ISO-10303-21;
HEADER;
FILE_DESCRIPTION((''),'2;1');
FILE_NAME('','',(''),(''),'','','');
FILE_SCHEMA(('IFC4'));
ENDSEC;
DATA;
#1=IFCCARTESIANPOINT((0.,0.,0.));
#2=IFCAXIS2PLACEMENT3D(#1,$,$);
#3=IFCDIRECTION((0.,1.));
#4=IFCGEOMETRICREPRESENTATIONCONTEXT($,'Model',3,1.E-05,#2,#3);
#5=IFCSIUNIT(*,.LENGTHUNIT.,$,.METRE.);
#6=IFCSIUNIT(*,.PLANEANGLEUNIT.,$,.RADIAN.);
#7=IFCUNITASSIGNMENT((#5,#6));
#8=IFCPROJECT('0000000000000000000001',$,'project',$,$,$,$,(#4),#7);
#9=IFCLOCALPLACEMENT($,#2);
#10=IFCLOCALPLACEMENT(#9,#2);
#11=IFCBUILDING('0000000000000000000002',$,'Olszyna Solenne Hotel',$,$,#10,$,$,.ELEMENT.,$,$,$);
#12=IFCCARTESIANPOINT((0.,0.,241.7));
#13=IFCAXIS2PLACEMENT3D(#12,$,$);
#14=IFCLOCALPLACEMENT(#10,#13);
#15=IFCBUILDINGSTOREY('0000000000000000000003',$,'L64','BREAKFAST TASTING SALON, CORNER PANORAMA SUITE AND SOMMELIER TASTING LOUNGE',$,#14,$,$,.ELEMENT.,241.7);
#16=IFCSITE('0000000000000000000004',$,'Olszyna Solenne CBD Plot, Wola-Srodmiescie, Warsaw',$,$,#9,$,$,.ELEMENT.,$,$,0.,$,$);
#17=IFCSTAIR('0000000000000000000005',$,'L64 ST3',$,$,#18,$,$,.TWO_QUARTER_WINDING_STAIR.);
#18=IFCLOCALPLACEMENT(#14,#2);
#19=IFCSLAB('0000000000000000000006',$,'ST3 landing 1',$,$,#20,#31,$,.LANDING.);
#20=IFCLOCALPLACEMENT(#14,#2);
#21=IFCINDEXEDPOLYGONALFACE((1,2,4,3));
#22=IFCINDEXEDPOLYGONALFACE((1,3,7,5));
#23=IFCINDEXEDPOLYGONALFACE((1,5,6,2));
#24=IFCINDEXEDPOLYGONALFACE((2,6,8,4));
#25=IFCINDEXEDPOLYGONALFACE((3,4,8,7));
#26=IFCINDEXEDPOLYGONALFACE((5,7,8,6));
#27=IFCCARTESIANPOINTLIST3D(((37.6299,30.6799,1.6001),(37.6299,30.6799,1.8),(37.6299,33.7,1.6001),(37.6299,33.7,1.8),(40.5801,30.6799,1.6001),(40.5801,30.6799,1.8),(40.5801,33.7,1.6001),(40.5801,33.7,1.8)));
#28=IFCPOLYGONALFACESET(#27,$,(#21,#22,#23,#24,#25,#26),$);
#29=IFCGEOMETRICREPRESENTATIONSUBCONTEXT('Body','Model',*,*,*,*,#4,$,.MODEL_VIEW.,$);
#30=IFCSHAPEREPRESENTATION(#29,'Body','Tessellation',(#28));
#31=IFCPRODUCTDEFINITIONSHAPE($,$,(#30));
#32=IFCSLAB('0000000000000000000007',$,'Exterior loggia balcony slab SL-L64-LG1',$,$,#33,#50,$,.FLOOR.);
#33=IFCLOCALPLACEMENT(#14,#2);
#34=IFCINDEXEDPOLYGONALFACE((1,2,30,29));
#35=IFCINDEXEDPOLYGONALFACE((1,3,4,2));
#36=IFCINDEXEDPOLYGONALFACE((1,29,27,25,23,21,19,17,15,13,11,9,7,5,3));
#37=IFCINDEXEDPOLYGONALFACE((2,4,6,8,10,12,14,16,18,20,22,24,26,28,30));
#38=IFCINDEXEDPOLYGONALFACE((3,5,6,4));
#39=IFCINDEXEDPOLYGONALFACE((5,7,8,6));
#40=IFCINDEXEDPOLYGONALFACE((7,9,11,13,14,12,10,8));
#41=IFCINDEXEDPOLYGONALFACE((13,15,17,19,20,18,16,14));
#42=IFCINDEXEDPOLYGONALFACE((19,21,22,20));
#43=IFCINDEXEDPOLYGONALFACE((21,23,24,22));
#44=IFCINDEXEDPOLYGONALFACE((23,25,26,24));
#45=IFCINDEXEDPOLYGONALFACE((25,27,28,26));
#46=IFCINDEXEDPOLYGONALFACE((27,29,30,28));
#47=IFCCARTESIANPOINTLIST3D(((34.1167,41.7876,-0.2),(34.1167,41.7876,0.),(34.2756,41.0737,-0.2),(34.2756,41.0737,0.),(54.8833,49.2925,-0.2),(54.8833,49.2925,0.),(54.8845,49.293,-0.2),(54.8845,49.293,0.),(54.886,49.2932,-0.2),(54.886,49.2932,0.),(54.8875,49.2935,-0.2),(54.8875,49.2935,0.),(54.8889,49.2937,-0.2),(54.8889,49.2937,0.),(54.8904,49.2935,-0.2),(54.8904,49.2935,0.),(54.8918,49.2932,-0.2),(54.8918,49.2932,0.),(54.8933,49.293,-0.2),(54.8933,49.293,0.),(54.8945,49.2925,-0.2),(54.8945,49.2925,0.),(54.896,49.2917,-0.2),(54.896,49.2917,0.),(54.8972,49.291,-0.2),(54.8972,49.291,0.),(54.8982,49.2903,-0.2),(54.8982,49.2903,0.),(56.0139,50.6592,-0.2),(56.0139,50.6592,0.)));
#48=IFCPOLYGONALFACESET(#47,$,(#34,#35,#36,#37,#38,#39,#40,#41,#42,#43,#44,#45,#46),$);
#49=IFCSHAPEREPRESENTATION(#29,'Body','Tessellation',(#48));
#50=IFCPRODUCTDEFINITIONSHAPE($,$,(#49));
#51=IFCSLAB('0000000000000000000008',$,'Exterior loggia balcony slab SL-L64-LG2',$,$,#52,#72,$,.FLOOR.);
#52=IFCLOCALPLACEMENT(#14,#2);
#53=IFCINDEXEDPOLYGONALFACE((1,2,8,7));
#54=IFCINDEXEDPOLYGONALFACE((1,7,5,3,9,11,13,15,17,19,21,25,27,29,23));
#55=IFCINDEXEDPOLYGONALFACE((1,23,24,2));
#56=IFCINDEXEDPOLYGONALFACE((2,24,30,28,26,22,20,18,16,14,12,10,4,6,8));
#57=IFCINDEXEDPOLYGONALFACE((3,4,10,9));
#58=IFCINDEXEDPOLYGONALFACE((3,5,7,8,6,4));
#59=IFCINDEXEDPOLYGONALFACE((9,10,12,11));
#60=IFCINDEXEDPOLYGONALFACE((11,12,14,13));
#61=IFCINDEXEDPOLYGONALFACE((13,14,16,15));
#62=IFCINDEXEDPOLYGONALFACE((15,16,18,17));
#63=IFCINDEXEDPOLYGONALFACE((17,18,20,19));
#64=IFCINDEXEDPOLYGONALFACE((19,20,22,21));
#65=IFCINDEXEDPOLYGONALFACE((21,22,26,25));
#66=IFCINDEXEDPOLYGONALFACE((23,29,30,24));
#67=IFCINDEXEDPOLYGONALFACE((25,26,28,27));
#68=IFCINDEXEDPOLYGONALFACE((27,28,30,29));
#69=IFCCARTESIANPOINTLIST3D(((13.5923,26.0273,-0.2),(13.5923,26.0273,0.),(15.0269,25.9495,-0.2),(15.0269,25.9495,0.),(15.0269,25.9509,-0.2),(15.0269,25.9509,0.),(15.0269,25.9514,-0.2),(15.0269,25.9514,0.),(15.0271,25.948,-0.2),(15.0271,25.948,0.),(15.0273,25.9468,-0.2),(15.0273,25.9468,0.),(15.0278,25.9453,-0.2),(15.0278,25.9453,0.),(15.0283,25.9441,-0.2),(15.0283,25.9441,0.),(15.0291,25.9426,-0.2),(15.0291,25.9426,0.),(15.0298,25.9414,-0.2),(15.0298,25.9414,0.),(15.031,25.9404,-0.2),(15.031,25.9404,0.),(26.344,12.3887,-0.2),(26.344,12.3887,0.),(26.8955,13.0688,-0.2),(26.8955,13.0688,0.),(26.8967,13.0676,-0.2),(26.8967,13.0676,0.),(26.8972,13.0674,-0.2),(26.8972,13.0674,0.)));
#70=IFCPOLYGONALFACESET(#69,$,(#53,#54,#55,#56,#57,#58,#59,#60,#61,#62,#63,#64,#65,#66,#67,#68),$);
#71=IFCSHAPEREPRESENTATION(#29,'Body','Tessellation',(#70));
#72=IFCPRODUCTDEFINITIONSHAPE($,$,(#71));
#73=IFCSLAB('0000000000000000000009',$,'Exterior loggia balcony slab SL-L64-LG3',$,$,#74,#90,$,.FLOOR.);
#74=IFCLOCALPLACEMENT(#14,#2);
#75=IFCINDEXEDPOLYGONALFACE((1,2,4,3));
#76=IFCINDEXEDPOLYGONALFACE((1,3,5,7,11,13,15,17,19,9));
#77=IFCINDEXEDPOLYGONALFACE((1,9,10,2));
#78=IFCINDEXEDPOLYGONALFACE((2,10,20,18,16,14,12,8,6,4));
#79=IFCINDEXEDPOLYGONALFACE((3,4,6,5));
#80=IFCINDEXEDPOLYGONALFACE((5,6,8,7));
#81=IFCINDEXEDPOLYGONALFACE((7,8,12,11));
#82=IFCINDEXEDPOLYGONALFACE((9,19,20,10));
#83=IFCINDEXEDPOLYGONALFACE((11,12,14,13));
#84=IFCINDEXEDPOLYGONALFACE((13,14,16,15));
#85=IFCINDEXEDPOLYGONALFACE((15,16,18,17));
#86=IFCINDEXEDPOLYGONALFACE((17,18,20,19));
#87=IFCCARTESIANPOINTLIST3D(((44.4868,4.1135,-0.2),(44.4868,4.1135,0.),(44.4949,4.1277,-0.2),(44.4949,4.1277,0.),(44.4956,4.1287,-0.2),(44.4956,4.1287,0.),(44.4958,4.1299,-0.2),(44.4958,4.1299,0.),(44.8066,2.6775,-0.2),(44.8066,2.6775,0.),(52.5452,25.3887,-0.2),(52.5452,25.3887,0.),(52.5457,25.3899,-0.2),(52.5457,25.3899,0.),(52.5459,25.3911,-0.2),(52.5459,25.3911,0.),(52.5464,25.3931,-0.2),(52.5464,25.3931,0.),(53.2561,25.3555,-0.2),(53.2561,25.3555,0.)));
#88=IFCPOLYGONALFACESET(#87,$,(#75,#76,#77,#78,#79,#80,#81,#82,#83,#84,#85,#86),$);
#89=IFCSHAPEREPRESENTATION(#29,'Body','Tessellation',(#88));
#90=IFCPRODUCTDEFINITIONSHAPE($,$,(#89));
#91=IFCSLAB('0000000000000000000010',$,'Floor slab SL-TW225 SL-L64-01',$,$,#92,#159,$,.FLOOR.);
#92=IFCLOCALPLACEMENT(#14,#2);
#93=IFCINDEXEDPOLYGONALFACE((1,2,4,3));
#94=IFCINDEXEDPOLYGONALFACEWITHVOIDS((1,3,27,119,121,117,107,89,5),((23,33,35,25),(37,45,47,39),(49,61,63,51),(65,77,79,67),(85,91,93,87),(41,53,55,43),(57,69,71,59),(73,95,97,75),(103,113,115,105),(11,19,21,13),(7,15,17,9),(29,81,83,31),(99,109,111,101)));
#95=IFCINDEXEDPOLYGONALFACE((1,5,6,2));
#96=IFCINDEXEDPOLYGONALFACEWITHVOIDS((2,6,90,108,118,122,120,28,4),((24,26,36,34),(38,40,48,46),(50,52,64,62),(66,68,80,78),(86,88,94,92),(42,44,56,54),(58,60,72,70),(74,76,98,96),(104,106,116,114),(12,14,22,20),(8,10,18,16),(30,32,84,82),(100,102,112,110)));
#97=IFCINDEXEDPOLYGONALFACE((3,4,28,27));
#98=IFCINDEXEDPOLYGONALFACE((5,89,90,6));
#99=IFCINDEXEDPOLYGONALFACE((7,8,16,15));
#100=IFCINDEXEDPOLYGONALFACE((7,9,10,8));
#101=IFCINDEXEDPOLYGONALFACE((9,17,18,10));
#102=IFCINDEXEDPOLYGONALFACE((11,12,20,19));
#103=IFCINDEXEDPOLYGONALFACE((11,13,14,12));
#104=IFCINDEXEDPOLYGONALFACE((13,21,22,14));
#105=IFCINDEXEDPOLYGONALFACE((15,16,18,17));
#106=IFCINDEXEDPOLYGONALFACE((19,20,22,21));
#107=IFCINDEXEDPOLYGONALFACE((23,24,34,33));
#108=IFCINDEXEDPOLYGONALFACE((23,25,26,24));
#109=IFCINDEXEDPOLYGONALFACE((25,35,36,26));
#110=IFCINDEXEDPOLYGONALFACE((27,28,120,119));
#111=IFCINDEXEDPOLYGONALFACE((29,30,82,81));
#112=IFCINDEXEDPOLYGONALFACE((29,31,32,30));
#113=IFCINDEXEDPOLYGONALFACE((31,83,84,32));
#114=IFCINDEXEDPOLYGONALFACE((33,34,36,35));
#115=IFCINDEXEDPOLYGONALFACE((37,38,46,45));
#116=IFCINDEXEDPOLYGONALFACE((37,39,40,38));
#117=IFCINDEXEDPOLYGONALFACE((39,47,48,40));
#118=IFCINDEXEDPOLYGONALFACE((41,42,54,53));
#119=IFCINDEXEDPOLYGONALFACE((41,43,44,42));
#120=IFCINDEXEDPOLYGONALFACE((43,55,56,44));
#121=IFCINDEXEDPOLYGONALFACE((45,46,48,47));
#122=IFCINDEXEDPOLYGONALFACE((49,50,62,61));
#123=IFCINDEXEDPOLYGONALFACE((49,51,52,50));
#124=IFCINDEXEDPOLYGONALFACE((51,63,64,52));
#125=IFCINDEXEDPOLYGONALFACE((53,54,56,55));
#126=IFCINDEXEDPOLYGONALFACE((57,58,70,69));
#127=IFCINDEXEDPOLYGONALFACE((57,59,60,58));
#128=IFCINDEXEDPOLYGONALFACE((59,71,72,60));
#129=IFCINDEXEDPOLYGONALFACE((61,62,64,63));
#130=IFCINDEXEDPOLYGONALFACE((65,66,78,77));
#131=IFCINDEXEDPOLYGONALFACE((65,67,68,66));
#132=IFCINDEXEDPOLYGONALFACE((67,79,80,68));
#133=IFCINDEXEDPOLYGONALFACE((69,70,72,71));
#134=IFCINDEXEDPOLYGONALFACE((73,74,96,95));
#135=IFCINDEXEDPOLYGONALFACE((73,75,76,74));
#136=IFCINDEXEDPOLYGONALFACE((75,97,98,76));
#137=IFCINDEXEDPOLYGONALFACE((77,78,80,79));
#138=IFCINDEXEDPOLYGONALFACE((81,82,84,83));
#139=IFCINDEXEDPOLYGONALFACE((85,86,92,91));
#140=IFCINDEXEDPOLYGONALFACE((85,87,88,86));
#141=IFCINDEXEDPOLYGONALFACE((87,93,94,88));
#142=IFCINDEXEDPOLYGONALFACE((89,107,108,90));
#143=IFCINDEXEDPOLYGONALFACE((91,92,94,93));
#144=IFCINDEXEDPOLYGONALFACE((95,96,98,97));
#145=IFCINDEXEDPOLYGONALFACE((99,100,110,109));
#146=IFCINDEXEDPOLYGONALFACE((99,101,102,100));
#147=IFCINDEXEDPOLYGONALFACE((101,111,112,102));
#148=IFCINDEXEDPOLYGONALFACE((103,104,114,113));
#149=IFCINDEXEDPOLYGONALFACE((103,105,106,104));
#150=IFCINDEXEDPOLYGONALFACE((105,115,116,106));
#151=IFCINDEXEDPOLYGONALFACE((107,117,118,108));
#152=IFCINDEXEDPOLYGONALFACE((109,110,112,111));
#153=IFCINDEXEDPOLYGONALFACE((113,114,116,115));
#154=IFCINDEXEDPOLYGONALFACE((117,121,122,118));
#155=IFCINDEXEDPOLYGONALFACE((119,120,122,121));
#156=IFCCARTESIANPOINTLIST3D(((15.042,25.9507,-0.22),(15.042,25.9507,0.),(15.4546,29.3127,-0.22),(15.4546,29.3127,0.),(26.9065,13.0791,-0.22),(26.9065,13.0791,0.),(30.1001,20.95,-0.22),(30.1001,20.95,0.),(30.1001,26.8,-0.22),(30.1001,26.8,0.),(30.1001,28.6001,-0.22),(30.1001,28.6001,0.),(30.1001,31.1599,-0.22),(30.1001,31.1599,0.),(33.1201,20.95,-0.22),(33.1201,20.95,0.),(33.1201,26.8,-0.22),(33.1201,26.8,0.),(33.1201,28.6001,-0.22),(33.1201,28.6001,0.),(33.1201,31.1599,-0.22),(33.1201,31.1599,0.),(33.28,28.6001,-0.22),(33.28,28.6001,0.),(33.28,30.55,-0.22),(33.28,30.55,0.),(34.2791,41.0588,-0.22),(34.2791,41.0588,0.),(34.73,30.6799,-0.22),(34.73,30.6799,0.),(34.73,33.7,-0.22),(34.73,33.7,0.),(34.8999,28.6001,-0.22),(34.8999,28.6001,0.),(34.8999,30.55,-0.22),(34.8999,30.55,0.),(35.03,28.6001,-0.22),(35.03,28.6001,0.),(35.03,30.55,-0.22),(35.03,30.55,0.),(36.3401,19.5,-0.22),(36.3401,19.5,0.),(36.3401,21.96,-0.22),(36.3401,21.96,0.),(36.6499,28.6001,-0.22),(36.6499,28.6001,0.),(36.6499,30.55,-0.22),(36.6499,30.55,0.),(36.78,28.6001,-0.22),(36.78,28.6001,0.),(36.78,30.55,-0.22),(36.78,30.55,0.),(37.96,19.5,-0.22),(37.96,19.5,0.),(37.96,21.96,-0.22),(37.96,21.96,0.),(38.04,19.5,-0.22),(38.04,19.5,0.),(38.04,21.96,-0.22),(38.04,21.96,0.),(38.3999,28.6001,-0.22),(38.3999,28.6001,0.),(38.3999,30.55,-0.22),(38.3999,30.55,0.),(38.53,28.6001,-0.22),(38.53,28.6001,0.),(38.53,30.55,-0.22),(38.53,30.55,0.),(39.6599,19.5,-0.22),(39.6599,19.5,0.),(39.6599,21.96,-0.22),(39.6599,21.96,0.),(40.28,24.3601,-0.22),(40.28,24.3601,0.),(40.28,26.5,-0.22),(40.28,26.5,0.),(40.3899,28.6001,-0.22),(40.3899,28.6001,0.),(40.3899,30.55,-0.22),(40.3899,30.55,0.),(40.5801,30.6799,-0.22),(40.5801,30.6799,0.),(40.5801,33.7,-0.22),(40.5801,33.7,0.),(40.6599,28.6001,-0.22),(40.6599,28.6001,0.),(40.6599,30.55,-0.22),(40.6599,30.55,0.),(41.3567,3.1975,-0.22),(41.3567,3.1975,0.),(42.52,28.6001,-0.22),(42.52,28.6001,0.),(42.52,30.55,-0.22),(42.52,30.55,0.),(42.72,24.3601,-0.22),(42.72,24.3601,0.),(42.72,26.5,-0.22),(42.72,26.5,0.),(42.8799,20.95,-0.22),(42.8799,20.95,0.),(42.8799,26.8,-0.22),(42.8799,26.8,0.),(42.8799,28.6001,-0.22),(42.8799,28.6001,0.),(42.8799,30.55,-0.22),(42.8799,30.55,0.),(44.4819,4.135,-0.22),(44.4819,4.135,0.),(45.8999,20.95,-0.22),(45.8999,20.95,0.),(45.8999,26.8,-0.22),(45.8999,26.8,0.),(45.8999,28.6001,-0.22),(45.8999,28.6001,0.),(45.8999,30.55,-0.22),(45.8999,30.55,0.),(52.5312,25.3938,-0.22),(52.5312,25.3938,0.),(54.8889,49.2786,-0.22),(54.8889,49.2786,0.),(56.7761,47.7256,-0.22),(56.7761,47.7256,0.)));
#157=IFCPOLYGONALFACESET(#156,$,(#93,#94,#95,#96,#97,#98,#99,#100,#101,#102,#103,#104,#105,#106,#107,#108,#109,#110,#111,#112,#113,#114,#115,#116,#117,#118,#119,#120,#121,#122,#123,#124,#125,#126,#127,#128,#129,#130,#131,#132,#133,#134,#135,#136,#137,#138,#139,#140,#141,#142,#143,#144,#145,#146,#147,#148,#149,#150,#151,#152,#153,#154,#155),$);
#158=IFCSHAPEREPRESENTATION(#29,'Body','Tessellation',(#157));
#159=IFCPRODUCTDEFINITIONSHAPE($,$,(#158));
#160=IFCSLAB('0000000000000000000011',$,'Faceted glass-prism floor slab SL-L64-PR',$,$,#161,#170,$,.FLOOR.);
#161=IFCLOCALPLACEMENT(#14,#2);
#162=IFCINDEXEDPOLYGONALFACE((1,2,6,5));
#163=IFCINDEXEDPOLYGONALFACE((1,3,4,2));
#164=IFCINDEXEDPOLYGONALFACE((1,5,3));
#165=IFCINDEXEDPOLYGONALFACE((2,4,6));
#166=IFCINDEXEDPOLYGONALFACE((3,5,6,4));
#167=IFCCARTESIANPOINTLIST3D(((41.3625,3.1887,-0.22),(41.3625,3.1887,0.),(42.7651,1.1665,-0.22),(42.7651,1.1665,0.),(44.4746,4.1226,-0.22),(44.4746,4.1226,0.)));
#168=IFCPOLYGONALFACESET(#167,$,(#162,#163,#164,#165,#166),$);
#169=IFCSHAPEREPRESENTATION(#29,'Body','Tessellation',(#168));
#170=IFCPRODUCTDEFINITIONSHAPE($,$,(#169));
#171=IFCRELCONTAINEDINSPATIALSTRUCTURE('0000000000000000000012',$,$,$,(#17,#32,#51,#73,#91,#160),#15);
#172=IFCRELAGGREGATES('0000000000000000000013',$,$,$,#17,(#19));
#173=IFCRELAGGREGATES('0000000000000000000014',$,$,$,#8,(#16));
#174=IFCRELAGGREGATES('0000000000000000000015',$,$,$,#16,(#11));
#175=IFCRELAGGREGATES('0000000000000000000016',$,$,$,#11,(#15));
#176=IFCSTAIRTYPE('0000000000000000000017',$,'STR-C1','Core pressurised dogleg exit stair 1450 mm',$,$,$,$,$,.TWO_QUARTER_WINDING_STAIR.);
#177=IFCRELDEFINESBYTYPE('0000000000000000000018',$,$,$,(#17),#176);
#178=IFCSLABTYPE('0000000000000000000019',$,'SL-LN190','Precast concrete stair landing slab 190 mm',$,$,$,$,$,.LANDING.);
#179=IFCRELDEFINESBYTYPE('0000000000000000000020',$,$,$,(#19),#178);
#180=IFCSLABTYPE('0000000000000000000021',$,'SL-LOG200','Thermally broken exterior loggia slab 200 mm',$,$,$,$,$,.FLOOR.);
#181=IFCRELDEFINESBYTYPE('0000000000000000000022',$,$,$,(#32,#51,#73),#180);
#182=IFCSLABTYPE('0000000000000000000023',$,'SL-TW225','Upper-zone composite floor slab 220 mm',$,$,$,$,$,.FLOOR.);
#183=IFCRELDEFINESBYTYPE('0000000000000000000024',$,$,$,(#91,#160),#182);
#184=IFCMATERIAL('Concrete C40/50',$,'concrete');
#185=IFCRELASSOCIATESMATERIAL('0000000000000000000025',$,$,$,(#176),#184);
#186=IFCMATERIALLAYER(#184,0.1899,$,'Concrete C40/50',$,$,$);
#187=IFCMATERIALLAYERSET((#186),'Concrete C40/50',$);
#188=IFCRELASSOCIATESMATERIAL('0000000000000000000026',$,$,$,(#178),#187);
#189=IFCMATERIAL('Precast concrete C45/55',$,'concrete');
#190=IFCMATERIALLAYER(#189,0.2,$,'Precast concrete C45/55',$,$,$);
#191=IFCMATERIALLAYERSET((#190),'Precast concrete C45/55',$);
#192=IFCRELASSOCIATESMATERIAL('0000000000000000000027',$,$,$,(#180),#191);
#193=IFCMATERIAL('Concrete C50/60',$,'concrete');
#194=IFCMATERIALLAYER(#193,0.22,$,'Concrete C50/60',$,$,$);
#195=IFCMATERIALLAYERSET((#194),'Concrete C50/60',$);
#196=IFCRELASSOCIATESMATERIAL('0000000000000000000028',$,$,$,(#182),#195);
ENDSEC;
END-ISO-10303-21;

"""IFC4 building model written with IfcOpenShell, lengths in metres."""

from ifc_helpers import new_model, si_unit, direction, frame, origin, place, context, subcontext, project, spatial, polyline, outline, extrude, material, layer, layer_set, type_object, element, aggregate, save


model = new_model("IFC4")

# Units and contexts
model_context = context("Model", 3, precision=1e-05, world=origin(), true_north=direction((0.0, 1.0)))
body_context = subcontext(model_context, "Body", "Model", "MODEL_VIEW")
ifc_project = project(units=[si_unit("LENGTHUNIT", "METRE"), si_unit("PLANEANGLEUNIT", "RADIAN")], contexts=[model_context])

# Site, building, storey
site_placement = place(None, origin())
site = spatial("IfcSite", under=ifc_project, at=site_placement, Name="Olszyna Solenne CBD Plot, Wola-Srodmiescie, Warsaw", CompositionType="ELEMENT", RefElevation=0.0)
building_placement = place(site_placement, origin())
building = spatial("IfcBuilding", under=site, at=building_placement, Name="Olszyna Solenne Hotel", CompositionType="ELEMENT")
storey_placement = place(building_placement, frame((0.0, 0.0, 241.7)))
storey = spatial("IfcBuildingStorey", under=building, at=storey_placement, Name="L64", Description="BREAKFAST TASTING SALON, CORNER PANORAMA SUITE AND SOMMELIER TASTING LOUNGE", CompositionType="ELEMENT", Elevation=241.7)

# Stair, slab
ifc_material_1 = material(Name="Concrete C40/50", Category="concrete")
stair_type = type_object("IfcStairType", Name="STR-C1", Description="Core pressurised dogleg exit stair 1450 mm", PredefinedType="TWO_QUARTER_WINDING_STAIR", material=ifc_material_1)
ifc_layer_1 = layer(ifc_material_1, 0.1899, Name="Concrete C40/50")
ifc_layer_set_1 = layer_set([ifc_layer_1], Name="Concrete C40/50")
slab_type_1 = type_object("IfcSlabType", Name="SL-LN190", Description="Precast concrete stair landing slab 190 mm", PredefinedType="LANDING", material=ifc_layer_set_1)
stair_1_placement = place(storey_placement, origin())
stair_1 = element("IfcStair", 1, at=stair_1_placement, inside=storey, type_object=stair_type, Name="L64 ST3", PredefinedType="TWO_QUARTER_WINDING_STAIR")
slab_1_placement = place(storey_placement, frame((0.0, 0.0, 1.6001)))
slab_1 = element("IfcSlab", 2, at=slab_1_placement, type_object=slab_type_1, Name="ST3 landing 1", PredefinedType="LANDING", context=body_context, shape_type="SweptSolid", body=[
    extrude(outline(polyline([(37.6299, 30.6799), (40.5801, 30.6799), (40.5801, 33.7), (37.6299, 33.7), (37.6299, 30.6799)])), origin(), (0.0, 0.0, 1.0), 0.2),
])
aggregate(stair_1, [slab_1])

# Slabs
ifc_material_2 = material(Name="Precast concrete C45/55", Category="concrete")
ifc_layer_2 = layer(ifc_material_2, 0.2, Name="Precast concrete C45/55")
ifc_layer_set_2 = layer_set([ifc_layer_2], Name="Precast concrete C45/55")
slab_type_2 = type_object("IfcSlabType", Name="SL-LOG200", Description="Thermally broken exterior loggia slab 200 mm", PredefinedType="FLOOR", material=ifc_layer_set_2)
slab_2_placement = place(storey_placement, frame((0.0, 0.0, -0.2)))
element("IfcSlab", 3, at=slab_2_placement, inside=storey, type_object=slab_type_2, Name="Exterior loggia balcony slab SL-L64-LG1", PredefinedType="FLOOR", context=body_context, shape_type="SweptSolid", body=[
    extrude(outline(polyline([(34.2756, 41.0737), (54.8833, 49.2925), (54.8845, 49.293), (54.886, 49.2932), (54.8875, 49.2935), (54.8889, 49.2937), (54.8904, 49.2935), (54.8918, 49.2932), (54.8933, 49.293), (54.8945, 49.2925), (54.896, 49.2917), (54.8972, 49.291), (54.8982, 49.2903), (56.0139, 50.6592), (34.1167, 41.7876), (34.2756, 41.0737)])), origin(), (0.0, 0.0, 1.0), 0.2),
])
slab_3_placement = place(storey_placement, frame((0.0, 0.0, -0.2)))
element("IfcSlab", 4, at=slab_3_placement, inside=storey, type_object=slab_type_2, Name="Exterior loggia balcony slab SL-L64-LG2", PredefinedType="FLOOR", context=body_context, shape_type="SweptSolid", body=[
    extrude(outline(polyline([(26.8972, 13.0674), (26.8967, 13.0676), (26.8955, 13.0688), (15.031, 25.9404), (15.0298, 25.9414), (15.0291, 25.9426), (15.0283, 25.9441), (15.0278, 25.9453), (15.0273, 25.9468), (15.0271, 25.948), (15.0269, 25.9495), (15.0269, 25.9509), (15.0269, 25.9514), (13.5923, 26.0273), (26.344, 12.3887), (26.8972, 13.0674)])), origin(), (0.0, 0.0, 1.0), 0.2),
])
slab_4_placement = place(storey_placement, frame((0.0, 0.0, -0.2)))
element("IfcSlab", 5, at=slab_4_placement, inside=storey, type_object=slab_type_2, Name="Exterior loggia balcony slab SL-L64-LG3", PredefinedType="FLOOR", context=body_context, shape_type="SweptSolid", body=[
    extrude(outline(polyline([(52.5464, 25.3931), (52.5459, 25.3911), (52.5457, 25.3899), (52.5452, 25.3887), (44.4958, 4.1299), (44.4956, 4.1287), (44.4949, 4.1277), (44.4868, 4.1135), (44.8066, 2.6775), (53.2561, 25.3555), (52.5464, 25.3931)])), origin(), (0.0, 0.0, 1.0), 0.2),
])
ifc_material_3 = material(Name="Concrete C50/60", Category="concrete")
ifc_layer_3 = layer(ifc_material_3, 0.22, Name="Concrete C50/60")
ifc_layer_set_3 = layer_set([ifc_layer_3], Name="Concrete C50/60")
slab_type_3 = type_object("IfcSlabType", Name="SL-TW225", Description="Upper-zone composite floor slab 220 mm", PredefinedType="FLOOR", material=ifc_layer_set_3)
slab_5_placement = place(storey_placement, frame((0.0, 0.0, -0.22)))
element("IfcSlab", 6, at=slab_5_placement, inside=storey, type_object=slab_type_3, Name="Floor slab SL-TW225 SL-L64-01", PredefinedType="FLOOR", context=body_context, shape_type="SweptSolid", body=[
    extrude(outline(polyline([(56.7761, 47.7256), (54.8889, 49.2786), (34.2791, 41.0588), (15.4546, 29.3127), (15.042, 25.9507), (26.9065, 13.0791), (41.3567, 3.1975), (44.4819, 4.135), (52.5312, 25.3938), (56.7761, 47.7256)]), holes=[polyline([(30.1001, 20.95), (33.1201, 20.95), (33.1201, 26.8), (30.1001, 26.8), (30.1001, 20.95)]), polyline([(42.8799, 20.95), (45.8999, 20.95), (45.8999, 26.8), (42.8799, 26.8), (42.8799, 20.95)]), polyline([(34.73, 30.6799), (40.5801, 30.6799), (40.5801, 33.7), (34.73, 33.7), (34.73, 30.6799)]), polyline([(36.3401, 19.5), (37.96, 19.5), (37.96, 21.96), (36.3401, 21.96), (36.3401, 19.5)]), polyline([(38.04, 19.5), (39.6599, 19.5), (39.6599, 21.96), (38.04, 21.96), (38.04, 19.5)]), polyline([(30.1001, 28.6001), (33.1201, 28.6001), (33.1201, 31.1599), (30.1001, 31.1599), (30.1001, 28.6001)]), polyline([(40.28, 24.3601), (42.72, 24.3601), (42.72, 26.5), (40.28, 26.5), (40.28, 24.3601)]), polyline([(33.28, 28.6001), (34.8999, 28.6001), (34.8999, 30.55), (33.28, 30.55), (33.28, 28.6001)]), polyline([(35.03, 28.6001), (36.6499, 28.6001), (36.6499, 30.55), (35.03, 30.55), (35.03, 28.6001)]), polyline([(36.78, 28.6001), (38.3999, 28.6001), (38.3999, 30.55), (36.78, 30.55), (36.78, 28.6001)]), polyline([(38.53, 28.6001), (40.3899, 28.6001), (40.3899, 30.55), (38.53, 30.55), (38.53, 28.6001)]), polyline([(40.6599, 28.6001), (42.52, 28.6001), (42.52, 30.55), (40.6599, 30.55), (40.6599, 28.6001)]), polyline([(42.8799, 28.6001), (45.8999, 28.6001), (45.8999, 30.55), (42.8799, 30.55), (42.8799, 28.6001)])]), origin(), (0.0, 0.0, 1.0), 0.22),
])
slab_6_placement = place(storey_placement, frame((0.0, 0.0, -0.22)))
element("IfcSlab", 7, at=slab_6_placement, inside=storey, type_object=slab_type_3, Name="Faceted glass-prism floor slab SL-L64-PR", PredefinedType="FLOOR", context=body_context, shape_type="SweptSolid", body=[
    extrude(outline(polyline([(44.4746, 4.1226), (41.3625, 3.1887), (42.7651, 1.1665), (44.4746, 4.1226)])), origin(), (0.0, 0.0, 1.0), 0.22),
])

save(model, "model.ifc")
